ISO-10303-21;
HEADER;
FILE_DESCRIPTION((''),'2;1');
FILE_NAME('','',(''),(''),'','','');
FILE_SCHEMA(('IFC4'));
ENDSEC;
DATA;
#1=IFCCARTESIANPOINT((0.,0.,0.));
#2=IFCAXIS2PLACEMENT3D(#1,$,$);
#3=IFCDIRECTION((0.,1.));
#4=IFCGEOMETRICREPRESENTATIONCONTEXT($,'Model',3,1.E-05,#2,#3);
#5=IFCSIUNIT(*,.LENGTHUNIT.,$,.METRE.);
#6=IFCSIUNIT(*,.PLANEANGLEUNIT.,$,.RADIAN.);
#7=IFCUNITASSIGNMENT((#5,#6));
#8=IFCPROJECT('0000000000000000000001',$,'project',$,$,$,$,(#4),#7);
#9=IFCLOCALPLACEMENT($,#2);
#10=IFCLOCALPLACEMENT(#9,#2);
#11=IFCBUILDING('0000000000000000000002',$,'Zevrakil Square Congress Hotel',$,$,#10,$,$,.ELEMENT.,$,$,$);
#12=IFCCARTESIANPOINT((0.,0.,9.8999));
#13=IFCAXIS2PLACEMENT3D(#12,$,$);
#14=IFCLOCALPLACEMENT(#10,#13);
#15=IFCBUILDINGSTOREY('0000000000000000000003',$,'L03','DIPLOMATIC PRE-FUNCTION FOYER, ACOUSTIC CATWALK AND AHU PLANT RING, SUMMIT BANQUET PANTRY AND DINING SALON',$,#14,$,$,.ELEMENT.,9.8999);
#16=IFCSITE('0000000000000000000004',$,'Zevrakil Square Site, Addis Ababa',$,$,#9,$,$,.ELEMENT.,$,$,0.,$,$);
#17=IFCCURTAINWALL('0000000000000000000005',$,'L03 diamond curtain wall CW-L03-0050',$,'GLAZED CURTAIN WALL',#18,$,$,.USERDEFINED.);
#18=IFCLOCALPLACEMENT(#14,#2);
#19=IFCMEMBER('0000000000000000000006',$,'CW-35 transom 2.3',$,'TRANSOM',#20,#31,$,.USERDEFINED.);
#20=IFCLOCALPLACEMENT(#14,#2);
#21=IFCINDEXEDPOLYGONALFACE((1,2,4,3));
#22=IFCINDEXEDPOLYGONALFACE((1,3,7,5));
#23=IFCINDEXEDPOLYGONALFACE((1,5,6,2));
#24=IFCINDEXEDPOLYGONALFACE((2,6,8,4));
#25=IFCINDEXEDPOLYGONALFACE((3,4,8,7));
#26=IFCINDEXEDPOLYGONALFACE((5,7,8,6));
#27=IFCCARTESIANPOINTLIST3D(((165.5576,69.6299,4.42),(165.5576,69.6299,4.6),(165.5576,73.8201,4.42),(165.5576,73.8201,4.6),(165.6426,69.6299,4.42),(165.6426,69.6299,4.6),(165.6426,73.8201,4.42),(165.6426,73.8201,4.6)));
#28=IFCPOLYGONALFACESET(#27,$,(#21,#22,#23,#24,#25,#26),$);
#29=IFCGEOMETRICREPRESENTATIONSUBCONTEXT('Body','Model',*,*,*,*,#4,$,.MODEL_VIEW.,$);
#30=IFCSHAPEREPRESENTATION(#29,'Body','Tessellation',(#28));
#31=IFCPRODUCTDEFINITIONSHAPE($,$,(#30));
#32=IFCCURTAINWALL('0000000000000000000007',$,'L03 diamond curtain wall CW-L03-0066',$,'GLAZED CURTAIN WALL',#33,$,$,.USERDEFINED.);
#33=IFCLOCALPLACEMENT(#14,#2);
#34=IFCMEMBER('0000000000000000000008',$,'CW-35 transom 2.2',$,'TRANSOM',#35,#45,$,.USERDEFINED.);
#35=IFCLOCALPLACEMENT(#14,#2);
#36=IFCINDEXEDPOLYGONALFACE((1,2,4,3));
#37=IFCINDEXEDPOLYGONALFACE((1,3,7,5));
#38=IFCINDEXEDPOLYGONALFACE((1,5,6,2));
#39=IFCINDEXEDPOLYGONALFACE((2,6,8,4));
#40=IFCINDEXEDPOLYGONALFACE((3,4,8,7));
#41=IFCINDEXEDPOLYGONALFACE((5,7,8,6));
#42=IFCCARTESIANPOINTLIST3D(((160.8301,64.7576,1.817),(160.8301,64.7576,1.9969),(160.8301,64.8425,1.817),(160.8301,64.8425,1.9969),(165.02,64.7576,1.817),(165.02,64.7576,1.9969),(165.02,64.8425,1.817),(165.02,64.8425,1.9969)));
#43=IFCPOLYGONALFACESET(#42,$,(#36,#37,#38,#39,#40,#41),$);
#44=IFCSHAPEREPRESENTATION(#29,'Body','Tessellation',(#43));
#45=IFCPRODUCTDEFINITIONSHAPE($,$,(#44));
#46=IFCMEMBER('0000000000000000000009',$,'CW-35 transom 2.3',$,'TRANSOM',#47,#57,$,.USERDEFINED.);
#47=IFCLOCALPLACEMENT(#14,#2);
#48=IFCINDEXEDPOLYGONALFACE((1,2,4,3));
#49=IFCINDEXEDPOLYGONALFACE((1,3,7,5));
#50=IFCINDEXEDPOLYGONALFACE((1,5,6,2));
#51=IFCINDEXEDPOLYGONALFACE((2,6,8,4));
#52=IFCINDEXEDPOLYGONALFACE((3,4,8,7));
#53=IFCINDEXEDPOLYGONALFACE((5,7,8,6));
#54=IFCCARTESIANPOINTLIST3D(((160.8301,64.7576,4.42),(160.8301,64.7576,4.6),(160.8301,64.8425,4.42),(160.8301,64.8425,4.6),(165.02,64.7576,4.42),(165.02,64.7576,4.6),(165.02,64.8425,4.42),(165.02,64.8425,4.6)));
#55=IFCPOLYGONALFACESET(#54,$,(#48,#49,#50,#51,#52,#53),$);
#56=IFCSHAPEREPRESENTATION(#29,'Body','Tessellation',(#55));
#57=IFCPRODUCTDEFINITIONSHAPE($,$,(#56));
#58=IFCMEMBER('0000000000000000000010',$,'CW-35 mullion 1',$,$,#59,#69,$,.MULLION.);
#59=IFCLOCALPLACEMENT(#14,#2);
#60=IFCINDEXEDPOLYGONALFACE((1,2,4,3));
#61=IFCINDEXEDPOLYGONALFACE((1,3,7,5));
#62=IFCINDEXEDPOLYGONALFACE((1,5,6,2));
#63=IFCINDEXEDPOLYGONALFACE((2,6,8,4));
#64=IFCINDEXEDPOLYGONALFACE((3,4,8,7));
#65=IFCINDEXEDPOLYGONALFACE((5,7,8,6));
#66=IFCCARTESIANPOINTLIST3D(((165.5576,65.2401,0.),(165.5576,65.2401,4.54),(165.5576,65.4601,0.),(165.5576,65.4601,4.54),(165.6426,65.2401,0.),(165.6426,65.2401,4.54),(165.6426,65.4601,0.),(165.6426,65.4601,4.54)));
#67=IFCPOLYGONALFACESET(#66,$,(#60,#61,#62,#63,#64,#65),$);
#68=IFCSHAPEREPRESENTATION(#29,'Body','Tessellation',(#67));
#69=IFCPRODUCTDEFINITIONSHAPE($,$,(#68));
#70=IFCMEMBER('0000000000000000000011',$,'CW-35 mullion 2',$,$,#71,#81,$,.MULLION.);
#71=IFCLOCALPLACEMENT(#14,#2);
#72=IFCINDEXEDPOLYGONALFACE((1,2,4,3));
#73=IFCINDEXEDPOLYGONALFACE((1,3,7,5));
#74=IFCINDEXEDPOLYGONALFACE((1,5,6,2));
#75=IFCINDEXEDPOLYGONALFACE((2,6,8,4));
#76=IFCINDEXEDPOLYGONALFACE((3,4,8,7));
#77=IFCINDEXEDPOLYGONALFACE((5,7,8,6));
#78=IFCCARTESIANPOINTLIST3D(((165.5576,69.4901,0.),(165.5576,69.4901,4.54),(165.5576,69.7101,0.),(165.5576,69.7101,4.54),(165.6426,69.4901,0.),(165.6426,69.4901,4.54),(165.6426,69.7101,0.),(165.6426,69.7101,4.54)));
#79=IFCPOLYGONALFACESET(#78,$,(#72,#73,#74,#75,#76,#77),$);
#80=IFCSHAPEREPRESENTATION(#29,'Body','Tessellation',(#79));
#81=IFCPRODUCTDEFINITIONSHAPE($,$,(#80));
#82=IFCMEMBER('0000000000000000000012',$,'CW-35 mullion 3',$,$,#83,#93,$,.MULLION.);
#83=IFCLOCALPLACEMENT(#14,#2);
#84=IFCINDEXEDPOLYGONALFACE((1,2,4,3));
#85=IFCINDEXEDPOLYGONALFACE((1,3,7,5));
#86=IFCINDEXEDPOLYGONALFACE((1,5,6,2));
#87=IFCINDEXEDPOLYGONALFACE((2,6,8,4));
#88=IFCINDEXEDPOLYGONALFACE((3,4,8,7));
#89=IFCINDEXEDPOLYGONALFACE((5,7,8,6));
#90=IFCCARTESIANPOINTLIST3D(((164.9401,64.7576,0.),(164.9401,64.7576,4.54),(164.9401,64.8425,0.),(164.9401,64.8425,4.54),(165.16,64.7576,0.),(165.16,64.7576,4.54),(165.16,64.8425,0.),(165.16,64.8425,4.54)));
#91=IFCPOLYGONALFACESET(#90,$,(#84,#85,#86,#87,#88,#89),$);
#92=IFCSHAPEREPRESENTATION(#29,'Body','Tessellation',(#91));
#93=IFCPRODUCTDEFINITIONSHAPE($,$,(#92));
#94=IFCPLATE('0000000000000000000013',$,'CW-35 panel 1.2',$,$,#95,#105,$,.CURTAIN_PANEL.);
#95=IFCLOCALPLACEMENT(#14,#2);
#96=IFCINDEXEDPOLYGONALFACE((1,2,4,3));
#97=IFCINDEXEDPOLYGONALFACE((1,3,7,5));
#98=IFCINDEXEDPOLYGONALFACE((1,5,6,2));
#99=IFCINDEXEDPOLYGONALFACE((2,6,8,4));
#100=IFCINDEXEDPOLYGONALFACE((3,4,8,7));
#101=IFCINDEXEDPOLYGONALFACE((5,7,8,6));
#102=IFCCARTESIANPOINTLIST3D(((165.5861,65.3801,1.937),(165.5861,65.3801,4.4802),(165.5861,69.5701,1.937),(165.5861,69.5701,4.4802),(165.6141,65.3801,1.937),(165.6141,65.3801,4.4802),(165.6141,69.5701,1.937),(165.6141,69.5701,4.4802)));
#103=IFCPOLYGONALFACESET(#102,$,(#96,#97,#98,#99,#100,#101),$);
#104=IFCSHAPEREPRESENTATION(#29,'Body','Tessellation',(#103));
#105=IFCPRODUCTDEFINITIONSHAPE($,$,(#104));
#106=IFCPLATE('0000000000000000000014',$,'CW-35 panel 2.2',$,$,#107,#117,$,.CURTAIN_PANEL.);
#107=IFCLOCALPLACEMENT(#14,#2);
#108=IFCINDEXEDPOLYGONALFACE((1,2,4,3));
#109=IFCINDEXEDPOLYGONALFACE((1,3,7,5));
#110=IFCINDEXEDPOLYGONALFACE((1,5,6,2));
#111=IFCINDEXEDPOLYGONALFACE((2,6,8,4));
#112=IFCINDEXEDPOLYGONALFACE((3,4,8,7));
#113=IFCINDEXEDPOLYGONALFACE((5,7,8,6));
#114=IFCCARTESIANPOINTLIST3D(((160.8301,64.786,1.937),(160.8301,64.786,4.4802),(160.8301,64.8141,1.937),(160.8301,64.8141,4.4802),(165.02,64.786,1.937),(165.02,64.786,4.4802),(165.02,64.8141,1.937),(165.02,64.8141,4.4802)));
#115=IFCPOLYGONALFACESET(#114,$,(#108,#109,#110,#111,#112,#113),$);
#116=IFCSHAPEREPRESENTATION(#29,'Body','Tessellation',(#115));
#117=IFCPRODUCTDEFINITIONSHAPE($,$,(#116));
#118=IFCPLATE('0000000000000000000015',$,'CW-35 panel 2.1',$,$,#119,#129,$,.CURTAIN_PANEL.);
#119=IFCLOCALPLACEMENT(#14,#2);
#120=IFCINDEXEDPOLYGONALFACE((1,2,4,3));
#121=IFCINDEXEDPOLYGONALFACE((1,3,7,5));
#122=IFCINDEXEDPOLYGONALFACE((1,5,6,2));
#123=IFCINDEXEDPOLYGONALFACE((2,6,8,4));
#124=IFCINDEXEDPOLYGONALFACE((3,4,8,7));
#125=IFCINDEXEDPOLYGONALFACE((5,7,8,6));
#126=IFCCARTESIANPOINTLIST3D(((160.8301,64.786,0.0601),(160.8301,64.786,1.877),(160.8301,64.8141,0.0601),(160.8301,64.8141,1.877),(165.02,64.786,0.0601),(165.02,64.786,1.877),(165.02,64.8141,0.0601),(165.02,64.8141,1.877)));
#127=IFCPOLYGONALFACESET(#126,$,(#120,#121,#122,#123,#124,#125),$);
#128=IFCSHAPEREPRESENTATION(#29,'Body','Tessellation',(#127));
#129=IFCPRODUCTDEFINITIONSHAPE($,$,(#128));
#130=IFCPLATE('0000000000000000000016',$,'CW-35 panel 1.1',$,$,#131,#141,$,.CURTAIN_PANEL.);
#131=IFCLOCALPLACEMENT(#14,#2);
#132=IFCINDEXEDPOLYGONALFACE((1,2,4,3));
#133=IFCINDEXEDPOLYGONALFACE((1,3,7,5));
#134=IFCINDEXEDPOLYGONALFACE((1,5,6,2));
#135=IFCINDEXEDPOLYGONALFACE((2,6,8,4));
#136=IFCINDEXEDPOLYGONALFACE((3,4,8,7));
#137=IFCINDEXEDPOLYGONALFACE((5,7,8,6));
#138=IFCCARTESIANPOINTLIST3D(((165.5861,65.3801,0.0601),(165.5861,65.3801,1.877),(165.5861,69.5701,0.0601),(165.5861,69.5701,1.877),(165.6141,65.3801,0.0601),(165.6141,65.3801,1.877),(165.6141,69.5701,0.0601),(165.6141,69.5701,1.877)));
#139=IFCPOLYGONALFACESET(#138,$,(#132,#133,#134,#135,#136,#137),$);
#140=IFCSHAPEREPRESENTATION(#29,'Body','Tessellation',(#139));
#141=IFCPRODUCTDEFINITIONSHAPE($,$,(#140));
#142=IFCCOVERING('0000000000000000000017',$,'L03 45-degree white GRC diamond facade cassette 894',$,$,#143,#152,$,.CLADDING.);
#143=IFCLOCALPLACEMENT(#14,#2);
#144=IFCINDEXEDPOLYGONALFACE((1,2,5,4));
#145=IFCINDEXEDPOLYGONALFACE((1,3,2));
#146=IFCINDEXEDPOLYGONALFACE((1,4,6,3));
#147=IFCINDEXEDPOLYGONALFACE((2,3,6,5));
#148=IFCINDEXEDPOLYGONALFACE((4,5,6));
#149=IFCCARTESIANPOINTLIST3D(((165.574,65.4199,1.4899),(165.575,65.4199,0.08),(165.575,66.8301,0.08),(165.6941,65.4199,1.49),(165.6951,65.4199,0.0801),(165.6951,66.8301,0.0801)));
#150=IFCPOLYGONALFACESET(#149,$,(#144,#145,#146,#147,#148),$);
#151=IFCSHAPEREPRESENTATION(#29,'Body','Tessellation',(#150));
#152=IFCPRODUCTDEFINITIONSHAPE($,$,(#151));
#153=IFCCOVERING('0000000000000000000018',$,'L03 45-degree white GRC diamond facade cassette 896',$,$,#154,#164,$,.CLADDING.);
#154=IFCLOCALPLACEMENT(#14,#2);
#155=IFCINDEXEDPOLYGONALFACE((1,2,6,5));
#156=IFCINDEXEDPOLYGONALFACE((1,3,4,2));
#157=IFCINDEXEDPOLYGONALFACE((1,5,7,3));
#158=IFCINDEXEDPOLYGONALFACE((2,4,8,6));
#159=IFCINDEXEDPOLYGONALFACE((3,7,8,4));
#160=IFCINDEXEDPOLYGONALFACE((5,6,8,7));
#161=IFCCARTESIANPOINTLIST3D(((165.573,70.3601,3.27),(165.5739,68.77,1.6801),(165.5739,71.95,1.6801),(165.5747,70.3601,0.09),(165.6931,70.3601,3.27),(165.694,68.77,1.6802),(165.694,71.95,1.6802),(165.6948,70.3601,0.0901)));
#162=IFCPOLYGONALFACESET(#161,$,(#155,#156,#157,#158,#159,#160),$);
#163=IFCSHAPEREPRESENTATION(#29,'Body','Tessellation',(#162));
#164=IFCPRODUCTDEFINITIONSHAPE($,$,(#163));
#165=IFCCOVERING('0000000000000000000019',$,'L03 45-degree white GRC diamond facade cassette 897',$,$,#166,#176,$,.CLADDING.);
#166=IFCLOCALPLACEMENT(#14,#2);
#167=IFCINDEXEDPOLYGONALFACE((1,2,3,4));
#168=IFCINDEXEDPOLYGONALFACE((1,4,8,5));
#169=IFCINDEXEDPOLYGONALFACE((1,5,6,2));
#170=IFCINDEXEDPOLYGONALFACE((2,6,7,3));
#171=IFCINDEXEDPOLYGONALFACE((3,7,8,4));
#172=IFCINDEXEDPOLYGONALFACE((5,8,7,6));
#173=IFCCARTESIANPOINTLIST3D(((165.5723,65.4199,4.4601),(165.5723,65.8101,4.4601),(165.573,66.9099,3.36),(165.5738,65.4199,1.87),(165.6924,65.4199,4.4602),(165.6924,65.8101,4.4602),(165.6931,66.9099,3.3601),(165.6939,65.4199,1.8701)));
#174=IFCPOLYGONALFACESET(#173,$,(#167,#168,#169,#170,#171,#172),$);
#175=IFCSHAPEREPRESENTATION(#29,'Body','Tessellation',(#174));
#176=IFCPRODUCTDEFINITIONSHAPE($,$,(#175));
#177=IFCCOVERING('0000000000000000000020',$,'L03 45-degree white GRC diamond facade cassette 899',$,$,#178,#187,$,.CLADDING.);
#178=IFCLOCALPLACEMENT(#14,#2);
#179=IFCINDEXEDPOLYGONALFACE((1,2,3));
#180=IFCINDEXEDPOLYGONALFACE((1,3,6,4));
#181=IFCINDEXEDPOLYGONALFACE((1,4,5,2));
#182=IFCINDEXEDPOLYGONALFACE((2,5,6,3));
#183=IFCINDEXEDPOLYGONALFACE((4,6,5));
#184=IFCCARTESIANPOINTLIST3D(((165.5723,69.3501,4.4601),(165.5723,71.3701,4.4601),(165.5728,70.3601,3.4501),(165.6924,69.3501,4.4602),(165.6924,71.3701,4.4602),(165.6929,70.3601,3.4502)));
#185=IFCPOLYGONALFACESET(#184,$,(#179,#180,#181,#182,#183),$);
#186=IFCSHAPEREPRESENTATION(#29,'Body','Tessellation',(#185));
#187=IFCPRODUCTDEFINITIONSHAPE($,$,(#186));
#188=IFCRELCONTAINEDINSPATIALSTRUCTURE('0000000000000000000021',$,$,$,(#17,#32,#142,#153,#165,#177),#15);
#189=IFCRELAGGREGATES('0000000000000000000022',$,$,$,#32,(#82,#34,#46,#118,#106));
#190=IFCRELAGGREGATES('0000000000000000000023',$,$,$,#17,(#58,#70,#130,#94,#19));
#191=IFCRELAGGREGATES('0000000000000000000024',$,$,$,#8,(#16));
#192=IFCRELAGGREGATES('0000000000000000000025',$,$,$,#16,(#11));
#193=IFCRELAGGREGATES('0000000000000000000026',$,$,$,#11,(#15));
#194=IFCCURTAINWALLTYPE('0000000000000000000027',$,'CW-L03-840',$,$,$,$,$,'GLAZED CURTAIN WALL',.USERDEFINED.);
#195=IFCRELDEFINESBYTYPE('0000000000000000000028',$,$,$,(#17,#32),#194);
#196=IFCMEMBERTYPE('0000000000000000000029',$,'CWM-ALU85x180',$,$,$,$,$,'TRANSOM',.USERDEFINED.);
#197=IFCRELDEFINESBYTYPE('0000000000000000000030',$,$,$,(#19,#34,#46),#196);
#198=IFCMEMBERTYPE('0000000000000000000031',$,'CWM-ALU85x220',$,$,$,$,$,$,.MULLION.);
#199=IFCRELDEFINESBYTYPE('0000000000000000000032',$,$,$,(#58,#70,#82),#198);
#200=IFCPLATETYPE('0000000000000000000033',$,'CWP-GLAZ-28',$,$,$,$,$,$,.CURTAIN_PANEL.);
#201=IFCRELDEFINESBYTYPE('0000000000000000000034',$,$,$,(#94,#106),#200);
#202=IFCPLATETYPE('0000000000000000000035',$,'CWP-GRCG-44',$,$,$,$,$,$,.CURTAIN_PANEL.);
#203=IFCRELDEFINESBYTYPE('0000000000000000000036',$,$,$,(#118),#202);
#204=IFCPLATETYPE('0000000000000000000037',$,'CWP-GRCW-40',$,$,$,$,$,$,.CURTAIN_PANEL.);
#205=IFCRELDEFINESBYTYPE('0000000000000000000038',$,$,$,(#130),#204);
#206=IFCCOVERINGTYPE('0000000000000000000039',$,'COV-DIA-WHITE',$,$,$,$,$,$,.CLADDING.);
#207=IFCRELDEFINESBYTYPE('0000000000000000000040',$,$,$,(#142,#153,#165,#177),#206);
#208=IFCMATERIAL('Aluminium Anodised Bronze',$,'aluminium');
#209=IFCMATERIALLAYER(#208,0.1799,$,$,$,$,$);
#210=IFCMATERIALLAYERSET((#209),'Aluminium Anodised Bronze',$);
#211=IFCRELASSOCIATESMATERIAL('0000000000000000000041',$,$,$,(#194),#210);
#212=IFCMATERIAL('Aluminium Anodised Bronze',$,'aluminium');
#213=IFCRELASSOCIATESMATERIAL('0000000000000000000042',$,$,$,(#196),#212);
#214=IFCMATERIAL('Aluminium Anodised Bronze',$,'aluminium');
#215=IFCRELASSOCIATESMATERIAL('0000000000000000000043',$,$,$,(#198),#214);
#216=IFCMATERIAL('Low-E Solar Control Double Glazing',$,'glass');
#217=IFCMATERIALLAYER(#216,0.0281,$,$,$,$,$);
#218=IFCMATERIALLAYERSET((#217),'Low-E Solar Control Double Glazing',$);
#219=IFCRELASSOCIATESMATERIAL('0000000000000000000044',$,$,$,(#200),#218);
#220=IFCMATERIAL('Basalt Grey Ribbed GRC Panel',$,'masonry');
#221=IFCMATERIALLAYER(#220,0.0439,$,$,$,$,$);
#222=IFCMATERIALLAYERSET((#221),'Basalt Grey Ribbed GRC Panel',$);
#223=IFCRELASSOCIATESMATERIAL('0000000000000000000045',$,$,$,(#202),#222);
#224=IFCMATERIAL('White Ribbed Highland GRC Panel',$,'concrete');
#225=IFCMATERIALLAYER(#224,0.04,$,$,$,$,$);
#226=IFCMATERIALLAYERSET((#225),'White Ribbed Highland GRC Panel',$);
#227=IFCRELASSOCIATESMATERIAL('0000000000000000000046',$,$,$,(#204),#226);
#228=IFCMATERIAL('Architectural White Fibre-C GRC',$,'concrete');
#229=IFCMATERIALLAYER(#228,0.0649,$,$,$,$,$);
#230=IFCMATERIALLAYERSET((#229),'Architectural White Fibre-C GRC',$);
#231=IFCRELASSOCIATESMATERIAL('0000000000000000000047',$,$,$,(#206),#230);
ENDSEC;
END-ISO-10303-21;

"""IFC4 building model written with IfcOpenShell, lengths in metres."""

from ifc_helpers import new_model, si_unit, direction, frame, origin, origin_2d, place, context, subcontext, project, spatial, polyline, rectangle, outline, extrude, material, layer, layer_set, material_profile, profile_set, type_object, element, aggregate, save


model = new_model("IFC4")

# Units and contexts
model_context = context("Model", 3, precision=1e-05, world=origin(), true_north=direction((0.0, 1.0)))
body_context = subcontext(model_context, "Body", "Model", "MODEL_VIEW")
ifc_project = project(units=[si_unit("LENGTHUNIT", "METRE"), si_unit("PLANEANGLEUNIT", "RADIAN")], contexts=[model_context])

# Site, building, storey
site_placement = place(None, origin())
site = spatial("IfcSite", under=ifc_project, at=site_placement, Name="Zevrakil Square Site, Addis Ababa", CompositionType="ELEMENT", RefElevation=0.0)
building_placement = place(site_placement, origin())
building = spatial("IfcBuilding", under=site, at=building_placement, Name="Zevrakil Square Congress Hotel", CompositionType="ELEMENT")
storey_placement = place(building_placement, frame((0.0, 0.0, 9.8999)))
storey = spatial("IfcBuildingStorey", under=building, at=storey_placement, Name="L03", Description="DIPLOMATIC PRE-FUNCTION FOYER, ACOUSTIC CATWALK AND AHU PLANT RING, SUMMIT BANQUET PANTRY AND DINING SALON", CompositionType="ELEMENT", Elevation=9.8999)

# Curtain walls, members
ifc_material_1 = material(Name="Aluminium Anodised Bronze", Category="aluminium")
ifc_layer_1 = layer(ifc_material_1, 0.1799)
ifc_layer_set_1 = layer_set([ifc_layer_1], Name="Aluminium Anodised Bronze")
curtain_wall_type = type_object("IfcCurtainWallType", Name="CW-L03-840", ElementType="GLAZED CURTAIN WALL", PredefinedType="USERDEFINED", material=ifc_layer_set_1)
curtain_wall_1_placement = place(storey_placement, origin())
curtain_wall_1 = element("IfcCurtainWall", 1, at=curtain_wall_1_placement, inside=storey, type_object=curtain_wall_type, Name="L03 diamond curtain wall CW-L03-0050", ObjectType="GLAZED CURTAIN WALL", PredefinedType="USERDEFINED")
ifc_material_2 = material(Name="Aluminium Anodised Bronze", Category="aluminium")
ifc_material_profile_1 = material_profile(ifc_material_2, rectangle(XDim=0.085, YDim=0.1799, at=origin_2d()), Name="ALU 85x180")
ifc_profile_set_1 = profile_set([ifc_material_profile_1], Name="Aluminium Anodised Bronze")
member_type_1 = type_object("IfcMemberType", Name="CWM-ALU85x180", ElementType="TRANSOM", PredefinedType="USERDEFINED", material=ifc_profile_set_1)
member_1_placement = place(storey_placement, frame((165.6001, 69.6299, 4.51), z_axis=(0.0, 1.0, 0.0), x_axis=(-1.0, 0.0, 0.0)))
member_1 = element("IfcMember", 2, at=member_1_placement, type_object=member_type_1, Name="CW-35 transom 2.3", ObjectType="TRANSOM", PredefinedType="USERDEFINED", context=body_context, shape_type="SweptSolid", body=[
    extrude(rectangle(XDim=0.085, YDim=0.1799, at=origin_2d()), origin(), (0.0, 0.0, 1.0), 4.1902),
])
curtain_wall_2_placement = place(storey_placement, origin())
curtain_wall_2 = element("IfcCurtainWall", 3, at=curtain_wall_2_placement, inside=storey, type_object=curtain_wall_type, Name="L03 diamond curtain wall CW-L03-0066", ObjectType="GLAZED CURTAIN WALL", PredefinedType="USERDEFINED")
member_2_placement = place(storey_placement, frame((160.8301, 64.8, 1.907), z_axis=(1.0, 0.0, 0.0), x_axis=(0.0, 1.0, 0.0)))
member_2 = element("IfcMember", 4, at=member_2_placement, type_object=member_type_1, Name="CW-35 transom 2.2", ObjectType="TRANSOM", PredefinedType="USERDEFINED", context=body_context, shape_type="SweptSolid", body=[
    extrude(rectangle(XDim=0.085, YDim=0.1799, at=origin_2d()), origin(), (0.0, 0.0, 1.0), 4.1899),
])
member_3_placement = place(storey_placement, frame((160.8301, 64.8, 4.51), z_axis=(1.0, 0.0, 0.0), x_axis=(0.0, 1.0, 0.0)))
member_3 = element("IfcMember", 5, at=member_3_placement, type_object=member_type_1, Name="CW-35 transom 2.3", ObjectType="TRANSOM", PredefinedType="USERDEFINED", context=body_context, shape_type="SweptSolid", body=[
    extrude(rectangle(XDim=0.085, YDim=0.1799, at=origin_2d()), origin(), (0.0, 0.0, 1.0), 4.1899),
])

# Members
ifc_material_3 = material(Name="Aluminium Anodised Bronze", Category="aluminium")
ifc_material_profile_2 = material_profile(ifc_material_3, rectangle(XDim=0.085, YDim=0.22, at=origin_2d()), Name="ALU 85x220")
ifc_profile_set_2 = profile_set([ifc_material_profile_2], Name="Aluminium Anodised Bronze")
member_type_2 = type_object("IfcMemberType", Name="CWM-ALU85x220", PredefinedType="MULLION", material=ifc_profile_set_2)
member_4_placement = place(storey_placement, frame((165.6001, 65.3501, 0.0), z_axis=(0.0, 0.0, 1.0), x_axis=(-1.0, 0.0, 0.0)))
member_4 = element("IfcMember", 6, at=member_4_placement, type_object=member_type_2, Name="CW-35 mullion 1", PredefinedType="MULLION", context=body_context, shape_type="SweptSolid", body=[
    extrude(rectangle(XDim=0.085, YDim=0.22, at=origin_2d()), origin(), (0.0, 0.0, 1.0), 4.54),
])
member_5_placement = place(storey_placement, frame((165.6001, 69.6001, 0.0), z_axis=(0.0, 0.0, 1.0), x_axis=(-1.0, 0.0, 0.0)))
member_5 = element("IfcMember", 7, at=member_5_placement, type_object=member_type_2, Name="CW-35 mullion 2", PredefinedType="MULLION", context=body_context, shape_type="SweptSolid", body=[
    extrude(rectangle(XDim=0.085, YDim=0.22, at=origin_2d()), origin(), (0.0, 0.0, 1.0), 4.54),
])
member_6_placement = place(storey_placement, frame((165.05, 64.8, 0.0), z_axis=(0.0, 0.0, 1.0), x_axis=(0.0, 1.0, 0.0)))
member_6 = element("IfcMember", 8, at=member_6_placement, type_object=member_type_2, Name="CW-35 mullion 3", PredefinedType="MULLION", context=body_context, shape_type="SweptSolid", body=[
    extrude(rectangle(XDim=0.085, YDim=0.22, at=origin_2d()), origin(), (0.0, 0.0, 1.0), 4.54),
])

# Plates
ifc_material_4 = material(Name="Low-E Solar Control Double Glazing", Category="glass")
ifc_layer_2 = layer(ifc_material_4, 0.0281)
ifc_layer_set_2 = layer_set([ifc_layer_2], Name="Low-E Solar Control Double Glazing")
plate_type_1 = type_object("IfcPlateType", Name="CWP-GLAZ-28", PredefinedType="CURTAIN_PANEL", material=ifc_layer_set_2)
plate_1_placement = place(storey_placement, frame((165.6001, 67.4751, 1.937), z_axis=(0.0, 0.0, 1.0), x_axis=(0.0, 1.0, 0.0)))
plate_1 = element("IfcPlate", 9, at=plate_1_placement, type_object=plate_type_1, Name="CW-35 panel 1.2", PredefinedType="CURTAIN_PANEL", context=body_context, shape_type="SweptSolid", body=[
    extrude(rectangle(XDim=4.1899, YDim=0.0281, at=origin_2d()), origin(), (0.0, 0.0, 1.0), 2.5432),
])
plate_2_placement = place(storey_placement, frame((162.925, 64.8, 1.937), z_axis=(0.0, 0.0, 1.0), x_axis=(1.0, 0.0, 0.0)))
plate_2 = element("IfcPlate", 10, at=plate_2_placement, type_object=plate_type_1, Name="CW-35 panel 2.2", PredefinedType="CURTAIN_PANEL", context=body_context, shape_type="SweptSolid", body=[
    extrude(rectangle(XDim=4.1899, YDim=0.0281, at=origin_2d()), origin(), (0.0, 0.0, 1.0), 2.5432),
])
ifc_material_5 = material(Name="Basalt Grey Ribbed GRC Panel", Category="masonry")
ifc_layer_3 = layer(ifc_material_5, 0.0439)
ifc_layer_set_3 = layer_set([ifc_layer_3], Name="Basalt Grey Ribbed GRC Panel")
plate_type_2 = type_object("IfcPlateType", Name="CWP-GRCG-44", PredefinedType="CURTAIN_PANEL", material=ifc_layer_set_3)
plate_3_placement = place(storey_placement, frame((162.925, 64.8, 0.0601), z_axis=(0.0, 0.0, 1.0), x_axis=(1.0, 0.0, 0.0)))
plate_3 = element("IfcPlate", 11, at=plate_3_placement, type_object=plate_type_2, Name="CW-35 panel 2.1", PredefinedType="CURTAIN_PANEL", context=body_context, shape_type="SweptSolid", body=[
    extrude(rectangle(XDim=4.1899, YDim=0.0281, at=origin_2d()), origin(), (0.0, 0.0, 1.0), 1.8169),
])
aggregate(curtain_wall_2, [member_6, member_2, member_3, plate_3, plate_2])
ifc_material_6 = material(Name="White Ribbed Highland GRC Panel", Category="concrete")
ifc_layer_4 = layer(ifc_material_6, 0.04)
ifc_layer_set_4 = layer_set([ifc_layer_4], Name="White Ribbed Highland GRC Panel")
plate_type_3 = type_object("IfcPlateType", Name="CWP-GRCW-40", PredefinedType="CURTAIN_PANEL", material=ifc_layer_set_4)
plate_4_placement = place(storey_placement, frame((165.6001, 67.4751, 0.0601), z_axis=(0.0, 0.0, 1.0), x_axis=(0.0, 1.0, 0.0)))
plate_4 = element("IfcPlate", 12, at=plate_4_placement, type_object=plate_type_3, Name="CW-35 panel 1.1", PredefinedType="CURTAIN_PANEL", context=body_context, shape_type="SweptSolid", body=[
    extrude(rectangle(XDim=4.1899, YDim=0.0281, at=origin_2d()), origin(), (0.0, 0.0, 1.0), 1.8169),
])
aggregate(curtain_wall_1, [member_4, member_5, plate_4, plate_1, member_1])

# Coverings
ifc_material_7 = material(Name="Architectural White Fibre-C GRC", Category="concrete")
ifc_layer_5 = layer(ifc_material_7, 0.0649)
ifc_layer_set_5 = layer_set([ifc_layer_5], Name="Architectural White Fibre-C GRC")
covering_type_1 = type_object("IfcCoveringType", Name="COV-DIA-WHITE", PredefinedType="CLADDING", material=ifc_layer_set_5)
covering_1_placement = place(storey_placement, frame((165.6951, 66.8301, 0.0801), z_axis=(1.0, 0.0, 0.000693), x_axis=(0.0, -1.0, 0.0)))
element("IfcCovering", 13, at=covering_1_placement, inside=storey, type_object=covering_type_1, Name="L03 45-degree white GRC diamond facade cassette 894", PredefinedType="CLADDING", context=body_context, shape_type="SweptSolid", body=[
    extrude(outline(polyline([(0.0, 0.0), (1.4102, 0.0), (1.4102, -1.4099), (0.0, 0.0)])), origin(), (0.0, 0.0, -1.0), 0.1201),
])
covering_2_placement = place(storey_placement, frame((165.6931, 70.3601, 3.27), z_axis=(1.0, 0.0, 0.000537), x_axis=(0.00038, 0.707107, -0.707107)))
element("IfcCovering", 14, at=covering_2_placement, inside=storey, type_object=covering_type_1, Name="L03 45-degree white GRC diamond facade cassette 896", PredefinedType="CLADDING", context=body_context, shape_type="SweptSolid", body=[
    extrude(outline(polyline([(0.0, 0.0), (2.2484, 0.0), (2.2486, -2.2486), (-0.0002, -2.2486), (0.0, 0.0)])), origin(), (0.0, 0.0, -1.0), 0.1201),
])
covering_3_placement = place(storey_placement, frame((165.6931, 66.9099, 3.3601), z_axis=(1.0, -0.000067, 0.000576), x_axis=(0.00036, -0.707107, -0.707107)))
element("IfcCovering", 15, at=covering_3_placement, inside=storey, type_object=covering_type_1, Name="L03 45-degree white GRC diamond facade cassette 897", PredefinedType="CLADDING", context=body_context, shape_type="SweptSolid", body=[
    extrude(outline(polyline([(0.0, 0.0), (2.1072, 0.0), (0.2757, -1.8315), (-0.0002, -1.5556), (0.0, 0.0)])), origin(), (0.0, 0.0, -1.0), 0.1201),
])
covering_4_placement = place(storey_placement, frame((165.6929, 70.3601, 3.4502), z_axis=(1.0, 0.0, 0.000483), x_axis=(-0.000342, -0.707107, 0.707107)))
element("IfcCovering", 16, at=covering_4_placement, inside=storey, type_object=covering_type_1, Name="L03 45-degree white GRC diamond facade cassette 899", PredefinedType="CLADDING", context=body_context, shape_type="SweptSolid", body=[
    extrude(outline(polyline([(0.0, 0.0), (1.4284, 0.0), (0.0, -1.4284), (0.0, 0.0)])), origin(), (0.0, 0.0, -1.0), 0.1201),
])

save(model, "model.ifc")
